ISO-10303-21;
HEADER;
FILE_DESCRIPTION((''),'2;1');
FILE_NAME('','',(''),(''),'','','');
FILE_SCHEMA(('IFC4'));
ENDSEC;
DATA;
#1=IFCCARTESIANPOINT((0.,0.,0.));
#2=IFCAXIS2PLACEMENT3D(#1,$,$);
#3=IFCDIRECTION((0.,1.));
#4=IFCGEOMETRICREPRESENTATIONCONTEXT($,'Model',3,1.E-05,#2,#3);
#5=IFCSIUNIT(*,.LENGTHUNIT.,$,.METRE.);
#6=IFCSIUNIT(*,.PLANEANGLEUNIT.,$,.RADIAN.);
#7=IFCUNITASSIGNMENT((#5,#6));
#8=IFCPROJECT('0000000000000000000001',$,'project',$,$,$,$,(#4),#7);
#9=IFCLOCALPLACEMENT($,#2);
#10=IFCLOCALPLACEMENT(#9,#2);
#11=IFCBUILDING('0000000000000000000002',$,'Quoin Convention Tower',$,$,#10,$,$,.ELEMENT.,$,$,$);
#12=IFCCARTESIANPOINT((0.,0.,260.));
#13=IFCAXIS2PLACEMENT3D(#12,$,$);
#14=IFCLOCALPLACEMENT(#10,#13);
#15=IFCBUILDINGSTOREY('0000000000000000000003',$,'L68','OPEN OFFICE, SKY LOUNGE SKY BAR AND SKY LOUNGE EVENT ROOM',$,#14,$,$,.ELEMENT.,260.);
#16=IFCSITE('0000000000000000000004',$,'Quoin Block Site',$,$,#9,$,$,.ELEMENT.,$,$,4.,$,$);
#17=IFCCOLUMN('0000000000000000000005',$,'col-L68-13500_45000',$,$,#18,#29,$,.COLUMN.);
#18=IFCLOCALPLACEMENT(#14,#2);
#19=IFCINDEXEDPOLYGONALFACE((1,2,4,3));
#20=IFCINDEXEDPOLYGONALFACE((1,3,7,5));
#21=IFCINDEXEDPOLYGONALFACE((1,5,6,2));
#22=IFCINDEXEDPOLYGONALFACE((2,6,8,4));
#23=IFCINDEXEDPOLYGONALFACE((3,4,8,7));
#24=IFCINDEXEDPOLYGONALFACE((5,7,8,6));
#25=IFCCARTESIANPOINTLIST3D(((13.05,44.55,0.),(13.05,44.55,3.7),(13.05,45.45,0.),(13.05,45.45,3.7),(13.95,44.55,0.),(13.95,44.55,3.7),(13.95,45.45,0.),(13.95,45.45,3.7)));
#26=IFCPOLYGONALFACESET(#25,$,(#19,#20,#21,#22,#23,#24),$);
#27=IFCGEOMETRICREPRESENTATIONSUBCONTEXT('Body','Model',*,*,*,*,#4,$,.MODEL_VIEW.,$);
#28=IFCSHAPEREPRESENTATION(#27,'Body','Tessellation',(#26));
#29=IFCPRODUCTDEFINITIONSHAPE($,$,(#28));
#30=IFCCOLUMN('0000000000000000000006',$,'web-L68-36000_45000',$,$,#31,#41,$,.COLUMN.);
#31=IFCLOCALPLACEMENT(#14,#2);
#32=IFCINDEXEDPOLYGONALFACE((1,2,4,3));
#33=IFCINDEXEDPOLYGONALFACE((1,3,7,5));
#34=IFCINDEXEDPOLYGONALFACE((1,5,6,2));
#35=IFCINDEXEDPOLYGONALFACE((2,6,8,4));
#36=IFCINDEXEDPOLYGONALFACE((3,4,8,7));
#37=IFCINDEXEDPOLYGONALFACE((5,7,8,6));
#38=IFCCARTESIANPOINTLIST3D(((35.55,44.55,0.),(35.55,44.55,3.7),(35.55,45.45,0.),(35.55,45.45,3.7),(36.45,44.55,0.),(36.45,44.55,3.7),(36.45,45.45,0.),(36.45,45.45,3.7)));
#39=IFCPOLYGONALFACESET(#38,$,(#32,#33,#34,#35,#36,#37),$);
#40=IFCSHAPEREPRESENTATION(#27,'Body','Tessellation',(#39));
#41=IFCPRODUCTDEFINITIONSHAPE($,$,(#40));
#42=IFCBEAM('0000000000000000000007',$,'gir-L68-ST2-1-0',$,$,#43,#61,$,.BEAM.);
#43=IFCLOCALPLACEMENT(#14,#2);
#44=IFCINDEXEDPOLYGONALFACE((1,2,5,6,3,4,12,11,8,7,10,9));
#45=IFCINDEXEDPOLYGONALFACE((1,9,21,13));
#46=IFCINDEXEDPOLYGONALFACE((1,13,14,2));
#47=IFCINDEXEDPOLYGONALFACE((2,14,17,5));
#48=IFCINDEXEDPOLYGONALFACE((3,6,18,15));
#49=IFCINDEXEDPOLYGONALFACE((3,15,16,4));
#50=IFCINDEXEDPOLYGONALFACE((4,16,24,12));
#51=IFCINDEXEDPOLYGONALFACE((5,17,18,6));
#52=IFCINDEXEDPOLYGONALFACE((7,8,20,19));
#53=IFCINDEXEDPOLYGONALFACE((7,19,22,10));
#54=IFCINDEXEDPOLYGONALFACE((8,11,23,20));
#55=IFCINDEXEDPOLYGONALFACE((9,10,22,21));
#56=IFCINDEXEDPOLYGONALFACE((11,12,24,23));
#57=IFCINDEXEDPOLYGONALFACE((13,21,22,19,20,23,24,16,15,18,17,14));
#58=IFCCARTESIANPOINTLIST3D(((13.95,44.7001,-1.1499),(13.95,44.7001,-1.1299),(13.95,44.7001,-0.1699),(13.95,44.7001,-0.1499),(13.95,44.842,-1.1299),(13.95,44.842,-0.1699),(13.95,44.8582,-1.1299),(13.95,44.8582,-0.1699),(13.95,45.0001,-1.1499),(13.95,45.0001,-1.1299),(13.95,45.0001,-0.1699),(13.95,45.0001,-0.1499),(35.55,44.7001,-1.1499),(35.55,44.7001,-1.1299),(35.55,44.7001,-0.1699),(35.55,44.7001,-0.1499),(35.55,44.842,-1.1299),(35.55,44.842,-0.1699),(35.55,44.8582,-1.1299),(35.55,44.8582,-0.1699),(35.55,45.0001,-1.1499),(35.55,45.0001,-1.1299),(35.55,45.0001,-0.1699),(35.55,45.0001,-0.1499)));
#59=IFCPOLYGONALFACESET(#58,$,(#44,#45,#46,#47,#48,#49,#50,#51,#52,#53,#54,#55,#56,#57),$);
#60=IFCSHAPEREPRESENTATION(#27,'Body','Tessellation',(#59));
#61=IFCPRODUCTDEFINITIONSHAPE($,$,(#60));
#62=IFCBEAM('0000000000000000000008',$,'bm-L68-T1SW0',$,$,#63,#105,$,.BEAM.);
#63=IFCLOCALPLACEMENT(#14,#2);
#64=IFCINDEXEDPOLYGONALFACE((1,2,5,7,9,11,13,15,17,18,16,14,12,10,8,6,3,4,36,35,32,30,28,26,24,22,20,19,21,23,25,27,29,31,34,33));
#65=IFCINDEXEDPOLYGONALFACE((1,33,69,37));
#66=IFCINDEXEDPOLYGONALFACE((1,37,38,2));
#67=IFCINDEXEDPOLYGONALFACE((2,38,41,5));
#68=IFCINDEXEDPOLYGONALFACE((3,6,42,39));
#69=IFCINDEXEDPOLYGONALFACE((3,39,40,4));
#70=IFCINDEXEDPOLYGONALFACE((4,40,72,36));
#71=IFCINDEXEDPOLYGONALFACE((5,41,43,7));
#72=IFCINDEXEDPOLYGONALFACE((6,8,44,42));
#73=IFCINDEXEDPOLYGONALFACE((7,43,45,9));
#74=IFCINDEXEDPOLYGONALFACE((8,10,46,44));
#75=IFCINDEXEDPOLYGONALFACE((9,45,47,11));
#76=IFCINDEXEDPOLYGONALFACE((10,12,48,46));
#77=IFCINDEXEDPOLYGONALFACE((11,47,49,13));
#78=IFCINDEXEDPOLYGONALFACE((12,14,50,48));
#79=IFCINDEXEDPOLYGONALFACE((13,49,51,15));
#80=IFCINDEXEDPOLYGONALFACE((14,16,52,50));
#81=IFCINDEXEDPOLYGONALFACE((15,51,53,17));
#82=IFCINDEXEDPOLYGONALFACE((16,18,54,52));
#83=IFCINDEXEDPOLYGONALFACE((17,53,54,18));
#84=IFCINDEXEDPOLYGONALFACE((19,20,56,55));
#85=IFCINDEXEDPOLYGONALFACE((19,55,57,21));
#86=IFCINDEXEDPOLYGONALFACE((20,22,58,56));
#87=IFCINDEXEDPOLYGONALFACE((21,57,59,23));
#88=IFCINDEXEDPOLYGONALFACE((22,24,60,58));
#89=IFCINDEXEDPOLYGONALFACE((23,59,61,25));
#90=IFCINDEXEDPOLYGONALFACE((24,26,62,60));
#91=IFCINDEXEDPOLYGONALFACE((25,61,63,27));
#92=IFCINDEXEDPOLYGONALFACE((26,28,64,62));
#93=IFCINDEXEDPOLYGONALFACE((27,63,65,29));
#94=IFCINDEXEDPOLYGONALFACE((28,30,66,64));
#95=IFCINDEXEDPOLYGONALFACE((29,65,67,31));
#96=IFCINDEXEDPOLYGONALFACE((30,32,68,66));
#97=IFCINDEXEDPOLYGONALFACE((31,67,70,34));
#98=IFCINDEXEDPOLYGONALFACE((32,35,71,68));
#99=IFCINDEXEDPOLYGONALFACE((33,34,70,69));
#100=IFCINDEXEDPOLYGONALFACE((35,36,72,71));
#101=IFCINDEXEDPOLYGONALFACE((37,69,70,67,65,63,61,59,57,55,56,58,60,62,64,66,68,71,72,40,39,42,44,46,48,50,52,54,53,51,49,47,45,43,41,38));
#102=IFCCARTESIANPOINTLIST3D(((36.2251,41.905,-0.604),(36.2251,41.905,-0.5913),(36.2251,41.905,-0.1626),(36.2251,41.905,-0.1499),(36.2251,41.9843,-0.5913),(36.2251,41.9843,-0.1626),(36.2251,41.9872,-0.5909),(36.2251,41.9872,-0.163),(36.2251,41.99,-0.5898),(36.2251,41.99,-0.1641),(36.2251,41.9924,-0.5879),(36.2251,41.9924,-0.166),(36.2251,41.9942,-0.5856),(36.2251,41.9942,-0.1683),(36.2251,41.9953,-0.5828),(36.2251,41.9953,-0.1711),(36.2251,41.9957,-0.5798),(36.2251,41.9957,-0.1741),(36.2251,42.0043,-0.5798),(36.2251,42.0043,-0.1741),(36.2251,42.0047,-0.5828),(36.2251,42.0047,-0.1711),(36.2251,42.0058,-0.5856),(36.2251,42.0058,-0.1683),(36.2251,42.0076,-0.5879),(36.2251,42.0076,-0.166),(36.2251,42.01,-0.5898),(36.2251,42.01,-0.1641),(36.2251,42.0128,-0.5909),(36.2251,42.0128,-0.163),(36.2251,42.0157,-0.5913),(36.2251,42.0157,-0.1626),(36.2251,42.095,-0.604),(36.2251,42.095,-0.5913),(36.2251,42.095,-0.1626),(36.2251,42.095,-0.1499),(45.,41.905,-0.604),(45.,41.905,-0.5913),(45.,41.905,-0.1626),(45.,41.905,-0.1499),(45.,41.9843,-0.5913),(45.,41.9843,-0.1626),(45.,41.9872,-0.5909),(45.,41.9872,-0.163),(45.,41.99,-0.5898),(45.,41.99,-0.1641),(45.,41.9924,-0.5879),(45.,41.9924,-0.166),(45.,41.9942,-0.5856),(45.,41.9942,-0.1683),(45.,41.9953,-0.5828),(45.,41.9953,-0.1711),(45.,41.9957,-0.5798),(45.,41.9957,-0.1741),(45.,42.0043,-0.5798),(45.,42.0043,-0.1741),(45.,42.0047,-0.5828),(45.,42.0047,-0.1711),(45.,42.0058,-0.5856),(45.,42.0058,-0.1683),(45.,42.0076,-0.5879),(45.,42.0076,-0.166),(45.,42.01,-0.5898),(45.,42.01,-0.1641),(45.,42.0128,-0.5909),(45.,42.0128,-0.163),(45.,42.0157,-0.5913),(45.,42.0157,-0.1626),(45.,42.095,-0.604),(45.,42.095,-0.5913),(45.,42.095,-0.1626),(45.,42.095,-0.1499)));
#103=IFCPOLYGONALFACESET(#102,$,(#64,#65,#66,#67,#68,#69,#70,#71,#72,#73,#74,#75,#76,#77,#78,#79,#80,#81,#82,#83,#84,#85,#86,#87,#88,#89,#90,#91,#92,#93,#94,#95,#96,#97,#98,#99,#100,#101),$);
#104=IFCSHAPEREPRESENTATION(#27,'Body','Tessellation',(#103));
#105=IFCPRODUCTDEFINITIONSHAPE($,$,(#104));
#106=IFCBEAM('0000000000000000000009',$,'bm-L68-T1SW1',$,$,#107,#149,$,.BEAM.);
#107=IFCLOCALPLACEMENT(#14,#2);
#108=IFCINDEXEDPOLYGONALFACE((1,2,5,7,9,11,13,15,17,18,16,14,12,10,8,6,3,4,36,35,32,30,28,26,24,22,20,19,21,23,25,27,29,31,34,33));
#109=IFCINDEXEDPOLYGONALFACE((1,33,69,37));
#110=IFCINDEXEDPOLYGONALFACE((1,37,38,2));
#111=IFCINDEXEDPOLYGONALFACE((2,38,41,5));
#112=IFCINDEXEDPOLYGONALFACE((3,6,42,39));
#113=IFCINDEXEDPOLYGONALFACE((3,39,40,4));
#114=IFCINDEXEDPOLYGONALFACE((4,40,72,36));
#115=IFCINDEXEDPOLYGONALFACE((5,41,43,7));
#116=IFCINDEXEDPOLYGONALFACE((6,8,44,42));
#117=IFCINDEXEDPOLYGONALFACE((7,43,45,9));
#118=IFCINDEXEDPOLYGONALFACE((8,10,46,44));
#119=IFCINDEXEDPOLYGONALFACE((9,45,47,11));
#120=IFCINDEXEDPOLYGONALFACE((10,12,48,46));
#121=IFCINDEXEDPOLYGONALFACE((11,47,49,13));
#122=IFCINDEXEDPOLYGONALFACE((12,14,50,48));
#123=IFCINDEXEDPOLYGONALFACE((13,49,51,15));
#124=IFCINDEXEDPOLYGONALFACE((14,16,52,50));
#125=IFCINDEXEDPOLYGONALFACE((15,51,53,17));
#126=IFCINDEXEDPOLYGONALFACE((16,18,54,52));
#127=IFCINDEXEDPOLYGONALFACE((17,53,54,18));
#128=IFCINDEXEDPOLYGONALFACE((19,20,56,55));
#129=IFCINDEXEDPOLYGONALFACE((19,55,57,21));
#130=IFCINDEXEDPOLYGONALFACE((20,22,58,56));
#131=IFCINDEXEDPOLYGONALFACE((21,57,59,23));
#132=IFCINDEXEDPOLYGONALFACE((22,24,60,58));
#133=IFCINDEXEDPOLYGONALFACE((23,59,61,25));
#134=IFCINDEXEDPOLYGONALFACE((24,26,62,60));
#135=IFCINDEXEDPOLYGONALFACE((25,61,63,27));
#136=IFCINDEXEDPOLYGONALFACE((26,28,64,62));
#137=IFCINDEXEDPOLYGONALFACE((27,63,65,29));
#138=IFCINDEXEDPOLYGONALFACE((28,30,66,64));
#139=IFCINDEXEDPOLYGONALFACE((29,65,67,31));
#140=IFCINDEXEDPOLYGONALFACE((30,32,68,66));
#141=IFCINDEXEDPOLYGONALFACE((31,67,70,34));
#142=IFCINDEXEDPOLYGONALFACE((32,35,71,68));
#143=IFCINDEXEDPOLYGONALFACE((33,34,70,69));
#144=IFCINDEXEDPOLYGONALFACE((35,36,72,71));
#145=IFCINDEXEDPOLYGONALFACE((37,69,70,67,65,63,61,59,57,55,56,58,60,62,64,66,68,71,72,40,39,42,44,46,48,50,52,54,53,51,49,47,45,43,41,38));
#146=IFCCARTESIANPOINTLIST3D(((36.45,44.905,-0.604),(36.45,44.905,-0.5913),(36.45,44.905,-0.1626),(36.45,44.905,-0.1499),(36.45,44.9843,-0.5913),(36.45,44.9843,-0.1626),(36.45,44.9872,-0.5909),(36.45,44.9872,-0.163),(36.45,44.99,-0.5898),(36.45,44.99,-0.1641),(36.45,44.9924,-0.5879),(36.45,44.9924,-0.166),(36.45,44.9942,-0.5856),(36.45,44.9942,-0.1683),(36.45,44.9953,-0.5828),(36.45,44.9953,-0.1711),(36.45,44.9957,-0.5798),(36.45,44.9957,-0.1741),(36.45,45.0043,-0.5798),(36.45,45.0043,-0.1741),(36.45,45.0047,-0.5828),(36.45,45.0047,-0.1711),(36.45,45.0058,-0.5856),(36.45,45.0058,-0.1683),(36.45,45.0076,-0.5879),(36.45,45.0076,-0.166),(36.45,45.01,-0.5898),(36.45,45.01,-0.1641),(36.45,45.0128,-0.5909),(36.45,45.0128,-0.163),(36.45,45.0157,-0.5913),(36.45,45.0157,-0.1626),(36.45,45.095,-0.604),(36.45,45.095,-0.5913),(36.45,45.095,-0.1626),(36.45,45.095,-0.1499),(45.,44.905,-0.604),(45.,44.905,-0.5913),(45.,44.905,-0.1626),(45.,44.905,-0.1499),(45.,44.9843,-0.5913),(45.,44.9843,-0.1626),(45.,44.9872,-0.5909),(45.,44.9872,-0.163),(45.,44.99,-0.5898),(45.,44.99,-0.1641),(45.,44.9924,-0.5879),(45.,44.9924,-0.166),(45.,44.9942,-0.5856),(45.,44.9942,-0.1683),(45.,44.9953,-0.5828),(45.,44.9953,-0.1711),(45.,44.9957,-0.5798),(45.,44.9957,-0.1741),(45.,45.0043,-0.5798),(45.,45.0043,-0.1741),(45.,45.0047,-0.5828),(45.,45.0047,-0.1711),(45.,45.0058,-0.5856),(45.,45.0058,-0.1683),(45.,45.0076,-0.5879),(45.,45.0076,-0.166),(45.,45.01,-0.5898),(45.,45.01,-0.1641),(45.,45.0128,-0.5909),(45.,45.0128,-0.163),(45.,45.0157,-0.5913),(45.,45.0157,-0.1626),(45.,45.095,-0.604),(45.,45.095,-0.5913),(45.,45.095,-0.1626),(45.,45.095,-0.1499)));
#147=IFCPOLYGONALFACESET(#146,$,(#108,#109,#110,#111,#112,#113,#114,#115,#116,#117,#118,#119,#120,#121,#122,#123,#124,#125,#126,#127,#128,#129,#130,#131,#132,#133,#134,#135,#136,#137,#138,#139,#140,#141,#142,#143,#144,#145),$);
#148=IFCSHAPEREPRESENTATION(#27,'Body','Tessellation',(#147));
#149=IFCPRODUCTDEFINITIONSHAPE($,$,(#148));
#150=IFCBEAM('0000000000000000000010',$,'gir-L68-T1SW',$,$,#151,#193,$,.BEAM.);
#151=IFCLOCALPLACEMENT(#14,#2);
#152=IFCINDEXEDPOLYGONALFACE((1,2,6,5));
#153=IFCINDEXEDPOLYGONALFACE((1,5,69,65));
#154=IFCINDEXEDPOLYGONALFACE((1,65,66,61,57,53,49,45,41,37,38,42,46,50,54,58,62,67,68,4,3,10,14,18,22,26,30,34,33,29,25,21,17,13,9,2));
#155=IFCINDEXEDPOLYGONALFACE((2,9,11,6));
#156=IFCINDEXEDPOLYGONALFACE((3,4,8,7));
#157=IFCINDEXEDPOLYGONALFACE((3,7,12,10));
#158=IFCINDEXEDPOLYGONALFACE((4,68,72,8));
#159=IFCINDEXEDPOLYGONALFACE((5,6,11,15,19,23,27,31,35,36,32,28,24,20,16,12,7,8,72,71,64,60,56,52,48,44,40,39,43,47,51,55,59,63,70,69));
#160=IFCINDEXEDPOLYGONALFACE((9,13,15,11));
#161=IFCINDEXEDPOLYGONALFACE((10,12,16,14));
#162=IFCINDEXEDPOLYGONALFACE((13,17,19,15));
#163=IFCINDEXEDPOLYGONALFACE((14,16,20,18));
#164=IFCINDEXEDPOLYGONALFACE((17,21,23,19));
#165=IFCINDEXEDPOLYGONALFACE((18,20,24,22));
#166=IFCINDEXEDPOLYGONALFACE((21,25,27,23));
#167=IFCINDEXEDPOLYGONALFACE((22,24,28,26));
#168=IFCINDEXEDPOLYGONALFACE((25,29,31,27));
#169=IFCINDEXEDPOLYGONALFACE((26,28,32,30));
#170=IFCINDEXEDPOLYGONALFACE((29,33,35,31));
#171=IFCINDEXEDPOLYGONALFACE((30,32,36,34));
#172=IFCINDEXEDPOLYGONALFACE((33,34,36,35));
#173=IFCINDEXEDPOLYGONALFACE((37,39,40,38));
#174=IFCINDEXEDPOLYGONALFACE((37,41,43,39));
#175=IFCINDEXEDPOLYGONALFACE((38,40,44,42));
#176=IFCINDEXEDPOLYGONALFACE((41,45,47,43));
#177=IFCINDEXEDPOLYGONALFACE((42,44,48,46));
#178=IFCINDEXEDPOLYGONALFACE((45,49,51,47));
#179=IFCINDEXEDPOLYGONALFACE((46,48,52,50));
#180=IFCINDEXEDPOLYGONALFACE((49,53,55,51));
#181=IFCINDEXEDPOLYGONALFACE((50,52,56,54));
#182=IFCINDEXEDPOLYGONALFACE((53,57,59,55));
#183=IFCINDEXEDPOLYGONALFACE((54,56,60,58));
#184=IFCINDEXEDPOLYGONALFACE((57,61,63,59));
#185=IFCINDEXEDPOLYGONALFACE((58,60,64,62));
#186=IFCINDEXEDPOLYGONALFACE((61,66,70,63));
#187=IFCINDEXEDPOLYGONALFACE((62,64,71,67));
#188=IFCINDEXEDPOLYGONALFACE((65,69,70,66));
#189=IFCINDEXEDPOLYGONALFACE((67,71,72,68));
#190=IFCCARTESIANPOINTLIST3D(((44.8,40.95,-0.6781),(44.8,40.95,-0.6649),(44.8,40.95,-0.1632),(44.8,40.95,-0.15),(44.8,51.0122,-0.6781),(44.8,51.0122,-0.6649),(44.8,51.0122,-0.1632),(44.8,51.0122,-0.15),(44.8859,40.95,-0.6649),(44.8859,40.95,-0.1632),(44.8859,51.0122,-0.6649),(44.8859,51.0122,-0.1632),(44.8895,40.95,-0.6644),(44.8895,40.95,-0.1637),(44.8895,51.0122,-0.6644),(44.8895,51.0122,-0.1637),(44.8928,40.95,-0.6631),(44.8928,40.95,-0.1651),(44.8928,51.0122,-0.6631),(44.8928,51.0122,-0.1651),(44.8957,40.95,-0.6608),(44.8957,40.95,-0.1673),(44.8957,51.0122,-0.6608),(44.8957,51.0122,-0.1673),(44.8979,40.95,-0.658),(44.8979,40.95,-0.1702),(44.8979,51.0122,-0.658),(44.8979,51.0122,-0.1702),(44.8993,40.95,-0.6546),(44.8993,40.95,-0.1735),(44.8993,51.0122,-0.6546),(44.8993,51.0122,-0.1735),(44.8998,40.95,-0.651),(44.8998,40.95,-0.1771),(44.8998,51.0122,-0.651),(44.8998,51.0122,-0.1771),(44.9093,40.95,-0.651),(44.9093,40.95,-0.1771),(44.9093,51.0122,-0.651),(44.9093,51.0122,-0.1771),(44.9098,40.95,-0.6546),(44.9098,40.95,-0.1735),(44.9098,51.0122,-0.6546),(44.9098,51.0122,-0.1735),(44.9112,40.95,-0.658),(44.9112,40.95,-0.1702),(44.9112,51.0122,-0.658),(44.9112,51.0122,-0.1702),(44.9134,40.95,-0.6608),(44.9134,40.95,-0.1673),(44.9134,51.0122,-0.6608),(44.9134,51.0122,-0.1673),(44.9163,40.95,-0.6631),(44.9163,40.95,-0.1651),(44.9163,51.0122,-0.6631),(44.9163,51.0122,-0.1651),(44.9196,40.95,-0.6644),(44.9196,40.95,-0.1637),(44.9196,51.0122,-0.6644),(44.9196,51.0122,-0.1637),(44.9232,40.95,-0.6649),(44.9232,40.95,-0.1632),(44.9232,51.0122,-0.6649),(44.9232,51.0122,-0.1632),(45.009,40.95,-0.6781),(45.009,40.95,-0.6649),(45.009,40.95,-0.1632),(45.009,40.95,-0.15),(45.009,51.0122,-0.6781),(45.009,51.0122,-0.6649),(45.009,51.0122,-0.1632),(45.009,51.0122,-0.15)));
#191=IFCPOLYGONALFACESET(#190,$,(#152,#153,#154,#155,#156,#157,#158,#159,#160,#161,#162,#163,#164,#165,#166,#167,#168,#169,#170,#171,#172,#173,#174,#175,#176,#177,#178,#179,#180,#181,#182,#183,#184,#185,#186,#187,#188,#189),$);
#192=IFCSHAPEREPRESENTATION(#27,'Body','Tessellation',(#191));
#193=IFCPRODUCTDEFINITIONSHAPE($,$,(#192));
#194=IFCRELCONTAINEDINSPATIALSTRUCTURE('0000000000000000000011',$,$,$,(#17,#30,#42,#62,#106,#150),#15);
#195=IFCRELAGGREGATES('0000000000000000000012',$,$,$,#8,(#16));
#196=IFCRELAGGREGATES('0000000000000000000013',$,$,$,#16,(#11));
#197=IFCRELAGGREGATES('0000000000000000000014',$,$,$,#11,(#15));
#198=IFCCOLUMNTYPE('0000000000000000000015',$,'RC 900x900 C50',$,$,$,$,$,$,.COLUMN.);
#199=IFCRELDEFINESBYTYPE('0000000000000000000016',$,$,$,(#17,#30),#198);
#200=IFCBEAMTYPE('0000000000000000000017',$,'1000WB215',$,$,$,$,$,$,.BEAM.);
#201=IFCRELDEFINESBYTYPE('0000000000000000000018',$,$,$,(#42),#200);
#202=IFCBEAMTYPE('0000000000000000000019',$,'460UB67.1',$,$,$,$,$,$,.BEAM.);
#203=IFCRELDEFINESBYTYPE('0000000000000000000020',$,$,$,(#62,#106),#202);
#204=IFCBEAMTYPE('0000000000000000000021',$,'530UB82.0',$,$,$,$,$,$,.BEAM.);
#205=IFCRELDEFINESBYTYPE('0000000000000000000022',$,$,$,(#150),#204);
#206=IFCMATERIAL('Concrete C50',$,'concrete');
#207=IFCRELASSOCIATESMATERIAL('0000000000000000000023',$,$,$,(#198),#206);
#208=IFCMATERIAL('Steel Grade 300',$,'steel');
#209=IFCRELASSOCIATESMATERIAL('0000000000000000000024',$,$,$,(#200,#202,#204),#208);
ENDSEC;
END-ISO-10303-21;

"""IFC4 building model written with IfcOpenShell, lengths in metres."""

from ifc_helpers import new_model, si_unit, direction, frame, origin, origin_2d, place, context, subcontext, project, spatial, rectangle, i_section, extrude, material, material_profile, profile_set, type_object, element, save


model = new_model("IFC4")

# Units and contexts
model_context = context("Model", 3, precision=1e-05, world=origin(), true_north=direction((0.0, 1.0)))
body_context = subcontext(model_context, "Body", "Model", "MODEL_VIEW")
ifc_project = project(units=[si_unit("LENGTHUNIT", "METRE"), si_unit("PLANEANGLEUNIT", "RADIAN")], contexts=[model_context])

# Site, building, storey
site_placement = place(None, origin())
site = spatial("IfcSite", under=ifc_project, at=site_placement, Name="Quoin Block Site", CompositionType="ELEMENT", RefElevation=4.0)
building_placement = place(site_placement, origin())
building = spatial("IfcBuilding", under=site, at=building_placement, Name="Quoin Convention Tower", CompositionType="ELEMENT")
storey_placement = place(building_placement, frame((0.0, 0.0, 260.0)))
storey = spatial("IfcBuildingStorey", under=building, at=storey_placement, Name="L68", Description="OPEN OFFICE, SKY LOUNGE SKY BAR AND SKY LOUNGE EVENT ROOM", CompositionType="ELEMENT", Elevation=260.0)

# Columns
ifc_material_1 = material(Name="Concrete C50", Category="concrete")
ifc_material_profile_1 = material_profile(ifc_material_1, rectangle(XDim=0.8999, YDim=0.8999, at=origin_2d()), Name="RC 900x900")
ifc_profile_set_1 = profile_set([ifc_material_profile_1], Name="Concrete C50")
column_type = type_object("IfcColumnType", Name="RC 900x900 C50", PredefinedType="COLUMN", material=ifc_profile_set_1)
for number, where, z_axis, x_axis, name in (
    (1, (13.5, 45.0, 0.0), (0.0, 0.0, 1.0), (1.0, 0.0, 0.0), "col-L68-13500_45000"),
    (2, (36.0, 45.0, 0.0), (0.0, 0.0, 1.0), (1.0, 0.0, 0.0), "web-L68-36000_45000"),
):
    element("IfcColumn", number, at=place(storey_placement, frame(where, z_axis=z_axis, x_axis=x_axis)), inside=storey, type_object=column_type, Name=name, PredefinedType="COLUMN", context=body_context, shape_type="SweptSolid", body=[
        extrude(rectangle(XDim=0.8999, YDim=0.8999, at=origin_2d()), origin(), (0.0, 0.0, 1.0), 3.7),
    ])

# Beams
ifc_material_2 = material(Name="Steel Grade 300", Category="steel")
ifc_material_profile_2 = material_profile(ifc_material_2, i_section(OverallWidth=0.3, OverallDepth=1.0, WebThickness=0.0161, FlangeThickness=0.02, at=origin_2d()), Name="1000WB215")
ifc_profile_set_2 = profile_set([ifc_material_profile_2], Name="Steel Grade 300")
beam_type_1 = type_object("IfcBeamType", Name="1000WB215", PredefinedType="BEAM", material=ifc_profile_set_2)
beam_1_placement = place(storey_placement, frame((13.95, 44.8501, -0.6499), z_axis=(1.0, 0.0, 0.0), x_axis=(0.0, 1.0, 0.0)))
element("IfcBeam", 3, at=beam_1_placement, inside=storey, type_object=beam_type_1, Name="gir-L68-ST2-1-0", PredefinedType="BEAM", context=body_context, shape_type="SweptSolid", body=[
    extrude(i_section(OverallWidth=0.3, OverallDepth=1.0, WebThickness=0.0161, FlangeThickness=0.02, at=origin_2d()), origin(), (0.0, 0.0, 1.0), 21.6001),
])
ifc_material_profile_3 = material_profile(ifc_material_2, i_section(OverallWidth=0.1899, OverallDepth=0.4541, WebThickness=0.0085, FlangeThickness=0.0127, FilletRadius=0.0115, at=origin_2d()), Name="460UB67.1")
ifc_profile_set_3 = profile_set([ifc_material_profile_3], Name="Steel Grade 300")
beam_type_2 = type_object("IfcBeamType", Name="460UB67.1", PredefinedType="BEAM", material=ifc_profile_set_3)
beam_2_placement = place(storey_placement, frame((36.2251, 42.0, -0.377), z_axis=(1.0, 0.0, 0.0), x_axis=(0.0, 1.0, 0.0)))
element("IfcBeam", 4, at=beam_2_placement, inside=storey, type_object=beam_type_2, Name="bm-L68-T1SW0", PredefinedType="BEAM", context=body_context, shape_type="SweptSolid", body=[
    extrude(i_section(OverallWidth=0.1899, OverallDepth=0.4541, WebThickness=0.0085, FlangeThickness=0.0127, FilletRadius=0.0115, at=origin_2d()), origin(), (0.0, 0.0, 1.0), 8.7749),
])
beam_3_placement = place(storey_placement, frame((36.45, 45.0, -0.377), z_axis=(1.0, 0.0, 0.0), x_axis=(0.0, 1.0, 0.0)))
element("IfcBeam", 5, at=beam_3_placement, inside=storey, type_object=beam_type_2, Name="bm-L68-T1SW1", PredefinedType="BEAM", context=body_context, shape_type="SweptSolid", body=[
    extrude(i_section(OverallWidth=0.1899, OverallDepth=0.4541, WebThickness=0.0085, FlangeThickness=0.0127, FilletRadius=0.0115, at=origin_2d()), origin(), (0.0, 0.0, 1.0), 8.55),
])
ifc_material_profile_4 = material_profile(ifc_material_2, i_section(OverallWidth=0.209, OverallDepth=0.5281, WebThickness=0.0095, FlangeThickness=0.0132, FilletRadius=0.0139, at=origin_2d()), Name="530UB82.0")
ifc_profile_set_4 = profile_set([ifc_material_profile_4], Name="Steel Grade 300")
beam_type_3 = type_object("IfcBeamType", Name="530UB82.0", PredefinedType="BEAM", material=ifc_profile_set_4)
beam_4_placement = place(storey_placement, frame((44.9045, 40.95, -0.4141), z_axis=(0.0, 1.0, 0.0), x_axis=(-1.0, 0.0, 0.0)))
element("IfcBeam", 6, at=beam_4_placement, inside=storey, type_object=beam_type_3, Name="gir-L68-T1SW", PredefinedType="BEAM", context=body_context, shape_type="SweptSolid", body=[
    extrude(i_section(OverallWidth=0.209, OverallDepth=0.5281, WebThickness=0.0095, FlangeThickness=0.0132, FilletRadius=0.0139, at=origin_2d()), origin(), (0.0, 0.0, 1.0), 10.0623),
])

save(model, "model.ifc")
